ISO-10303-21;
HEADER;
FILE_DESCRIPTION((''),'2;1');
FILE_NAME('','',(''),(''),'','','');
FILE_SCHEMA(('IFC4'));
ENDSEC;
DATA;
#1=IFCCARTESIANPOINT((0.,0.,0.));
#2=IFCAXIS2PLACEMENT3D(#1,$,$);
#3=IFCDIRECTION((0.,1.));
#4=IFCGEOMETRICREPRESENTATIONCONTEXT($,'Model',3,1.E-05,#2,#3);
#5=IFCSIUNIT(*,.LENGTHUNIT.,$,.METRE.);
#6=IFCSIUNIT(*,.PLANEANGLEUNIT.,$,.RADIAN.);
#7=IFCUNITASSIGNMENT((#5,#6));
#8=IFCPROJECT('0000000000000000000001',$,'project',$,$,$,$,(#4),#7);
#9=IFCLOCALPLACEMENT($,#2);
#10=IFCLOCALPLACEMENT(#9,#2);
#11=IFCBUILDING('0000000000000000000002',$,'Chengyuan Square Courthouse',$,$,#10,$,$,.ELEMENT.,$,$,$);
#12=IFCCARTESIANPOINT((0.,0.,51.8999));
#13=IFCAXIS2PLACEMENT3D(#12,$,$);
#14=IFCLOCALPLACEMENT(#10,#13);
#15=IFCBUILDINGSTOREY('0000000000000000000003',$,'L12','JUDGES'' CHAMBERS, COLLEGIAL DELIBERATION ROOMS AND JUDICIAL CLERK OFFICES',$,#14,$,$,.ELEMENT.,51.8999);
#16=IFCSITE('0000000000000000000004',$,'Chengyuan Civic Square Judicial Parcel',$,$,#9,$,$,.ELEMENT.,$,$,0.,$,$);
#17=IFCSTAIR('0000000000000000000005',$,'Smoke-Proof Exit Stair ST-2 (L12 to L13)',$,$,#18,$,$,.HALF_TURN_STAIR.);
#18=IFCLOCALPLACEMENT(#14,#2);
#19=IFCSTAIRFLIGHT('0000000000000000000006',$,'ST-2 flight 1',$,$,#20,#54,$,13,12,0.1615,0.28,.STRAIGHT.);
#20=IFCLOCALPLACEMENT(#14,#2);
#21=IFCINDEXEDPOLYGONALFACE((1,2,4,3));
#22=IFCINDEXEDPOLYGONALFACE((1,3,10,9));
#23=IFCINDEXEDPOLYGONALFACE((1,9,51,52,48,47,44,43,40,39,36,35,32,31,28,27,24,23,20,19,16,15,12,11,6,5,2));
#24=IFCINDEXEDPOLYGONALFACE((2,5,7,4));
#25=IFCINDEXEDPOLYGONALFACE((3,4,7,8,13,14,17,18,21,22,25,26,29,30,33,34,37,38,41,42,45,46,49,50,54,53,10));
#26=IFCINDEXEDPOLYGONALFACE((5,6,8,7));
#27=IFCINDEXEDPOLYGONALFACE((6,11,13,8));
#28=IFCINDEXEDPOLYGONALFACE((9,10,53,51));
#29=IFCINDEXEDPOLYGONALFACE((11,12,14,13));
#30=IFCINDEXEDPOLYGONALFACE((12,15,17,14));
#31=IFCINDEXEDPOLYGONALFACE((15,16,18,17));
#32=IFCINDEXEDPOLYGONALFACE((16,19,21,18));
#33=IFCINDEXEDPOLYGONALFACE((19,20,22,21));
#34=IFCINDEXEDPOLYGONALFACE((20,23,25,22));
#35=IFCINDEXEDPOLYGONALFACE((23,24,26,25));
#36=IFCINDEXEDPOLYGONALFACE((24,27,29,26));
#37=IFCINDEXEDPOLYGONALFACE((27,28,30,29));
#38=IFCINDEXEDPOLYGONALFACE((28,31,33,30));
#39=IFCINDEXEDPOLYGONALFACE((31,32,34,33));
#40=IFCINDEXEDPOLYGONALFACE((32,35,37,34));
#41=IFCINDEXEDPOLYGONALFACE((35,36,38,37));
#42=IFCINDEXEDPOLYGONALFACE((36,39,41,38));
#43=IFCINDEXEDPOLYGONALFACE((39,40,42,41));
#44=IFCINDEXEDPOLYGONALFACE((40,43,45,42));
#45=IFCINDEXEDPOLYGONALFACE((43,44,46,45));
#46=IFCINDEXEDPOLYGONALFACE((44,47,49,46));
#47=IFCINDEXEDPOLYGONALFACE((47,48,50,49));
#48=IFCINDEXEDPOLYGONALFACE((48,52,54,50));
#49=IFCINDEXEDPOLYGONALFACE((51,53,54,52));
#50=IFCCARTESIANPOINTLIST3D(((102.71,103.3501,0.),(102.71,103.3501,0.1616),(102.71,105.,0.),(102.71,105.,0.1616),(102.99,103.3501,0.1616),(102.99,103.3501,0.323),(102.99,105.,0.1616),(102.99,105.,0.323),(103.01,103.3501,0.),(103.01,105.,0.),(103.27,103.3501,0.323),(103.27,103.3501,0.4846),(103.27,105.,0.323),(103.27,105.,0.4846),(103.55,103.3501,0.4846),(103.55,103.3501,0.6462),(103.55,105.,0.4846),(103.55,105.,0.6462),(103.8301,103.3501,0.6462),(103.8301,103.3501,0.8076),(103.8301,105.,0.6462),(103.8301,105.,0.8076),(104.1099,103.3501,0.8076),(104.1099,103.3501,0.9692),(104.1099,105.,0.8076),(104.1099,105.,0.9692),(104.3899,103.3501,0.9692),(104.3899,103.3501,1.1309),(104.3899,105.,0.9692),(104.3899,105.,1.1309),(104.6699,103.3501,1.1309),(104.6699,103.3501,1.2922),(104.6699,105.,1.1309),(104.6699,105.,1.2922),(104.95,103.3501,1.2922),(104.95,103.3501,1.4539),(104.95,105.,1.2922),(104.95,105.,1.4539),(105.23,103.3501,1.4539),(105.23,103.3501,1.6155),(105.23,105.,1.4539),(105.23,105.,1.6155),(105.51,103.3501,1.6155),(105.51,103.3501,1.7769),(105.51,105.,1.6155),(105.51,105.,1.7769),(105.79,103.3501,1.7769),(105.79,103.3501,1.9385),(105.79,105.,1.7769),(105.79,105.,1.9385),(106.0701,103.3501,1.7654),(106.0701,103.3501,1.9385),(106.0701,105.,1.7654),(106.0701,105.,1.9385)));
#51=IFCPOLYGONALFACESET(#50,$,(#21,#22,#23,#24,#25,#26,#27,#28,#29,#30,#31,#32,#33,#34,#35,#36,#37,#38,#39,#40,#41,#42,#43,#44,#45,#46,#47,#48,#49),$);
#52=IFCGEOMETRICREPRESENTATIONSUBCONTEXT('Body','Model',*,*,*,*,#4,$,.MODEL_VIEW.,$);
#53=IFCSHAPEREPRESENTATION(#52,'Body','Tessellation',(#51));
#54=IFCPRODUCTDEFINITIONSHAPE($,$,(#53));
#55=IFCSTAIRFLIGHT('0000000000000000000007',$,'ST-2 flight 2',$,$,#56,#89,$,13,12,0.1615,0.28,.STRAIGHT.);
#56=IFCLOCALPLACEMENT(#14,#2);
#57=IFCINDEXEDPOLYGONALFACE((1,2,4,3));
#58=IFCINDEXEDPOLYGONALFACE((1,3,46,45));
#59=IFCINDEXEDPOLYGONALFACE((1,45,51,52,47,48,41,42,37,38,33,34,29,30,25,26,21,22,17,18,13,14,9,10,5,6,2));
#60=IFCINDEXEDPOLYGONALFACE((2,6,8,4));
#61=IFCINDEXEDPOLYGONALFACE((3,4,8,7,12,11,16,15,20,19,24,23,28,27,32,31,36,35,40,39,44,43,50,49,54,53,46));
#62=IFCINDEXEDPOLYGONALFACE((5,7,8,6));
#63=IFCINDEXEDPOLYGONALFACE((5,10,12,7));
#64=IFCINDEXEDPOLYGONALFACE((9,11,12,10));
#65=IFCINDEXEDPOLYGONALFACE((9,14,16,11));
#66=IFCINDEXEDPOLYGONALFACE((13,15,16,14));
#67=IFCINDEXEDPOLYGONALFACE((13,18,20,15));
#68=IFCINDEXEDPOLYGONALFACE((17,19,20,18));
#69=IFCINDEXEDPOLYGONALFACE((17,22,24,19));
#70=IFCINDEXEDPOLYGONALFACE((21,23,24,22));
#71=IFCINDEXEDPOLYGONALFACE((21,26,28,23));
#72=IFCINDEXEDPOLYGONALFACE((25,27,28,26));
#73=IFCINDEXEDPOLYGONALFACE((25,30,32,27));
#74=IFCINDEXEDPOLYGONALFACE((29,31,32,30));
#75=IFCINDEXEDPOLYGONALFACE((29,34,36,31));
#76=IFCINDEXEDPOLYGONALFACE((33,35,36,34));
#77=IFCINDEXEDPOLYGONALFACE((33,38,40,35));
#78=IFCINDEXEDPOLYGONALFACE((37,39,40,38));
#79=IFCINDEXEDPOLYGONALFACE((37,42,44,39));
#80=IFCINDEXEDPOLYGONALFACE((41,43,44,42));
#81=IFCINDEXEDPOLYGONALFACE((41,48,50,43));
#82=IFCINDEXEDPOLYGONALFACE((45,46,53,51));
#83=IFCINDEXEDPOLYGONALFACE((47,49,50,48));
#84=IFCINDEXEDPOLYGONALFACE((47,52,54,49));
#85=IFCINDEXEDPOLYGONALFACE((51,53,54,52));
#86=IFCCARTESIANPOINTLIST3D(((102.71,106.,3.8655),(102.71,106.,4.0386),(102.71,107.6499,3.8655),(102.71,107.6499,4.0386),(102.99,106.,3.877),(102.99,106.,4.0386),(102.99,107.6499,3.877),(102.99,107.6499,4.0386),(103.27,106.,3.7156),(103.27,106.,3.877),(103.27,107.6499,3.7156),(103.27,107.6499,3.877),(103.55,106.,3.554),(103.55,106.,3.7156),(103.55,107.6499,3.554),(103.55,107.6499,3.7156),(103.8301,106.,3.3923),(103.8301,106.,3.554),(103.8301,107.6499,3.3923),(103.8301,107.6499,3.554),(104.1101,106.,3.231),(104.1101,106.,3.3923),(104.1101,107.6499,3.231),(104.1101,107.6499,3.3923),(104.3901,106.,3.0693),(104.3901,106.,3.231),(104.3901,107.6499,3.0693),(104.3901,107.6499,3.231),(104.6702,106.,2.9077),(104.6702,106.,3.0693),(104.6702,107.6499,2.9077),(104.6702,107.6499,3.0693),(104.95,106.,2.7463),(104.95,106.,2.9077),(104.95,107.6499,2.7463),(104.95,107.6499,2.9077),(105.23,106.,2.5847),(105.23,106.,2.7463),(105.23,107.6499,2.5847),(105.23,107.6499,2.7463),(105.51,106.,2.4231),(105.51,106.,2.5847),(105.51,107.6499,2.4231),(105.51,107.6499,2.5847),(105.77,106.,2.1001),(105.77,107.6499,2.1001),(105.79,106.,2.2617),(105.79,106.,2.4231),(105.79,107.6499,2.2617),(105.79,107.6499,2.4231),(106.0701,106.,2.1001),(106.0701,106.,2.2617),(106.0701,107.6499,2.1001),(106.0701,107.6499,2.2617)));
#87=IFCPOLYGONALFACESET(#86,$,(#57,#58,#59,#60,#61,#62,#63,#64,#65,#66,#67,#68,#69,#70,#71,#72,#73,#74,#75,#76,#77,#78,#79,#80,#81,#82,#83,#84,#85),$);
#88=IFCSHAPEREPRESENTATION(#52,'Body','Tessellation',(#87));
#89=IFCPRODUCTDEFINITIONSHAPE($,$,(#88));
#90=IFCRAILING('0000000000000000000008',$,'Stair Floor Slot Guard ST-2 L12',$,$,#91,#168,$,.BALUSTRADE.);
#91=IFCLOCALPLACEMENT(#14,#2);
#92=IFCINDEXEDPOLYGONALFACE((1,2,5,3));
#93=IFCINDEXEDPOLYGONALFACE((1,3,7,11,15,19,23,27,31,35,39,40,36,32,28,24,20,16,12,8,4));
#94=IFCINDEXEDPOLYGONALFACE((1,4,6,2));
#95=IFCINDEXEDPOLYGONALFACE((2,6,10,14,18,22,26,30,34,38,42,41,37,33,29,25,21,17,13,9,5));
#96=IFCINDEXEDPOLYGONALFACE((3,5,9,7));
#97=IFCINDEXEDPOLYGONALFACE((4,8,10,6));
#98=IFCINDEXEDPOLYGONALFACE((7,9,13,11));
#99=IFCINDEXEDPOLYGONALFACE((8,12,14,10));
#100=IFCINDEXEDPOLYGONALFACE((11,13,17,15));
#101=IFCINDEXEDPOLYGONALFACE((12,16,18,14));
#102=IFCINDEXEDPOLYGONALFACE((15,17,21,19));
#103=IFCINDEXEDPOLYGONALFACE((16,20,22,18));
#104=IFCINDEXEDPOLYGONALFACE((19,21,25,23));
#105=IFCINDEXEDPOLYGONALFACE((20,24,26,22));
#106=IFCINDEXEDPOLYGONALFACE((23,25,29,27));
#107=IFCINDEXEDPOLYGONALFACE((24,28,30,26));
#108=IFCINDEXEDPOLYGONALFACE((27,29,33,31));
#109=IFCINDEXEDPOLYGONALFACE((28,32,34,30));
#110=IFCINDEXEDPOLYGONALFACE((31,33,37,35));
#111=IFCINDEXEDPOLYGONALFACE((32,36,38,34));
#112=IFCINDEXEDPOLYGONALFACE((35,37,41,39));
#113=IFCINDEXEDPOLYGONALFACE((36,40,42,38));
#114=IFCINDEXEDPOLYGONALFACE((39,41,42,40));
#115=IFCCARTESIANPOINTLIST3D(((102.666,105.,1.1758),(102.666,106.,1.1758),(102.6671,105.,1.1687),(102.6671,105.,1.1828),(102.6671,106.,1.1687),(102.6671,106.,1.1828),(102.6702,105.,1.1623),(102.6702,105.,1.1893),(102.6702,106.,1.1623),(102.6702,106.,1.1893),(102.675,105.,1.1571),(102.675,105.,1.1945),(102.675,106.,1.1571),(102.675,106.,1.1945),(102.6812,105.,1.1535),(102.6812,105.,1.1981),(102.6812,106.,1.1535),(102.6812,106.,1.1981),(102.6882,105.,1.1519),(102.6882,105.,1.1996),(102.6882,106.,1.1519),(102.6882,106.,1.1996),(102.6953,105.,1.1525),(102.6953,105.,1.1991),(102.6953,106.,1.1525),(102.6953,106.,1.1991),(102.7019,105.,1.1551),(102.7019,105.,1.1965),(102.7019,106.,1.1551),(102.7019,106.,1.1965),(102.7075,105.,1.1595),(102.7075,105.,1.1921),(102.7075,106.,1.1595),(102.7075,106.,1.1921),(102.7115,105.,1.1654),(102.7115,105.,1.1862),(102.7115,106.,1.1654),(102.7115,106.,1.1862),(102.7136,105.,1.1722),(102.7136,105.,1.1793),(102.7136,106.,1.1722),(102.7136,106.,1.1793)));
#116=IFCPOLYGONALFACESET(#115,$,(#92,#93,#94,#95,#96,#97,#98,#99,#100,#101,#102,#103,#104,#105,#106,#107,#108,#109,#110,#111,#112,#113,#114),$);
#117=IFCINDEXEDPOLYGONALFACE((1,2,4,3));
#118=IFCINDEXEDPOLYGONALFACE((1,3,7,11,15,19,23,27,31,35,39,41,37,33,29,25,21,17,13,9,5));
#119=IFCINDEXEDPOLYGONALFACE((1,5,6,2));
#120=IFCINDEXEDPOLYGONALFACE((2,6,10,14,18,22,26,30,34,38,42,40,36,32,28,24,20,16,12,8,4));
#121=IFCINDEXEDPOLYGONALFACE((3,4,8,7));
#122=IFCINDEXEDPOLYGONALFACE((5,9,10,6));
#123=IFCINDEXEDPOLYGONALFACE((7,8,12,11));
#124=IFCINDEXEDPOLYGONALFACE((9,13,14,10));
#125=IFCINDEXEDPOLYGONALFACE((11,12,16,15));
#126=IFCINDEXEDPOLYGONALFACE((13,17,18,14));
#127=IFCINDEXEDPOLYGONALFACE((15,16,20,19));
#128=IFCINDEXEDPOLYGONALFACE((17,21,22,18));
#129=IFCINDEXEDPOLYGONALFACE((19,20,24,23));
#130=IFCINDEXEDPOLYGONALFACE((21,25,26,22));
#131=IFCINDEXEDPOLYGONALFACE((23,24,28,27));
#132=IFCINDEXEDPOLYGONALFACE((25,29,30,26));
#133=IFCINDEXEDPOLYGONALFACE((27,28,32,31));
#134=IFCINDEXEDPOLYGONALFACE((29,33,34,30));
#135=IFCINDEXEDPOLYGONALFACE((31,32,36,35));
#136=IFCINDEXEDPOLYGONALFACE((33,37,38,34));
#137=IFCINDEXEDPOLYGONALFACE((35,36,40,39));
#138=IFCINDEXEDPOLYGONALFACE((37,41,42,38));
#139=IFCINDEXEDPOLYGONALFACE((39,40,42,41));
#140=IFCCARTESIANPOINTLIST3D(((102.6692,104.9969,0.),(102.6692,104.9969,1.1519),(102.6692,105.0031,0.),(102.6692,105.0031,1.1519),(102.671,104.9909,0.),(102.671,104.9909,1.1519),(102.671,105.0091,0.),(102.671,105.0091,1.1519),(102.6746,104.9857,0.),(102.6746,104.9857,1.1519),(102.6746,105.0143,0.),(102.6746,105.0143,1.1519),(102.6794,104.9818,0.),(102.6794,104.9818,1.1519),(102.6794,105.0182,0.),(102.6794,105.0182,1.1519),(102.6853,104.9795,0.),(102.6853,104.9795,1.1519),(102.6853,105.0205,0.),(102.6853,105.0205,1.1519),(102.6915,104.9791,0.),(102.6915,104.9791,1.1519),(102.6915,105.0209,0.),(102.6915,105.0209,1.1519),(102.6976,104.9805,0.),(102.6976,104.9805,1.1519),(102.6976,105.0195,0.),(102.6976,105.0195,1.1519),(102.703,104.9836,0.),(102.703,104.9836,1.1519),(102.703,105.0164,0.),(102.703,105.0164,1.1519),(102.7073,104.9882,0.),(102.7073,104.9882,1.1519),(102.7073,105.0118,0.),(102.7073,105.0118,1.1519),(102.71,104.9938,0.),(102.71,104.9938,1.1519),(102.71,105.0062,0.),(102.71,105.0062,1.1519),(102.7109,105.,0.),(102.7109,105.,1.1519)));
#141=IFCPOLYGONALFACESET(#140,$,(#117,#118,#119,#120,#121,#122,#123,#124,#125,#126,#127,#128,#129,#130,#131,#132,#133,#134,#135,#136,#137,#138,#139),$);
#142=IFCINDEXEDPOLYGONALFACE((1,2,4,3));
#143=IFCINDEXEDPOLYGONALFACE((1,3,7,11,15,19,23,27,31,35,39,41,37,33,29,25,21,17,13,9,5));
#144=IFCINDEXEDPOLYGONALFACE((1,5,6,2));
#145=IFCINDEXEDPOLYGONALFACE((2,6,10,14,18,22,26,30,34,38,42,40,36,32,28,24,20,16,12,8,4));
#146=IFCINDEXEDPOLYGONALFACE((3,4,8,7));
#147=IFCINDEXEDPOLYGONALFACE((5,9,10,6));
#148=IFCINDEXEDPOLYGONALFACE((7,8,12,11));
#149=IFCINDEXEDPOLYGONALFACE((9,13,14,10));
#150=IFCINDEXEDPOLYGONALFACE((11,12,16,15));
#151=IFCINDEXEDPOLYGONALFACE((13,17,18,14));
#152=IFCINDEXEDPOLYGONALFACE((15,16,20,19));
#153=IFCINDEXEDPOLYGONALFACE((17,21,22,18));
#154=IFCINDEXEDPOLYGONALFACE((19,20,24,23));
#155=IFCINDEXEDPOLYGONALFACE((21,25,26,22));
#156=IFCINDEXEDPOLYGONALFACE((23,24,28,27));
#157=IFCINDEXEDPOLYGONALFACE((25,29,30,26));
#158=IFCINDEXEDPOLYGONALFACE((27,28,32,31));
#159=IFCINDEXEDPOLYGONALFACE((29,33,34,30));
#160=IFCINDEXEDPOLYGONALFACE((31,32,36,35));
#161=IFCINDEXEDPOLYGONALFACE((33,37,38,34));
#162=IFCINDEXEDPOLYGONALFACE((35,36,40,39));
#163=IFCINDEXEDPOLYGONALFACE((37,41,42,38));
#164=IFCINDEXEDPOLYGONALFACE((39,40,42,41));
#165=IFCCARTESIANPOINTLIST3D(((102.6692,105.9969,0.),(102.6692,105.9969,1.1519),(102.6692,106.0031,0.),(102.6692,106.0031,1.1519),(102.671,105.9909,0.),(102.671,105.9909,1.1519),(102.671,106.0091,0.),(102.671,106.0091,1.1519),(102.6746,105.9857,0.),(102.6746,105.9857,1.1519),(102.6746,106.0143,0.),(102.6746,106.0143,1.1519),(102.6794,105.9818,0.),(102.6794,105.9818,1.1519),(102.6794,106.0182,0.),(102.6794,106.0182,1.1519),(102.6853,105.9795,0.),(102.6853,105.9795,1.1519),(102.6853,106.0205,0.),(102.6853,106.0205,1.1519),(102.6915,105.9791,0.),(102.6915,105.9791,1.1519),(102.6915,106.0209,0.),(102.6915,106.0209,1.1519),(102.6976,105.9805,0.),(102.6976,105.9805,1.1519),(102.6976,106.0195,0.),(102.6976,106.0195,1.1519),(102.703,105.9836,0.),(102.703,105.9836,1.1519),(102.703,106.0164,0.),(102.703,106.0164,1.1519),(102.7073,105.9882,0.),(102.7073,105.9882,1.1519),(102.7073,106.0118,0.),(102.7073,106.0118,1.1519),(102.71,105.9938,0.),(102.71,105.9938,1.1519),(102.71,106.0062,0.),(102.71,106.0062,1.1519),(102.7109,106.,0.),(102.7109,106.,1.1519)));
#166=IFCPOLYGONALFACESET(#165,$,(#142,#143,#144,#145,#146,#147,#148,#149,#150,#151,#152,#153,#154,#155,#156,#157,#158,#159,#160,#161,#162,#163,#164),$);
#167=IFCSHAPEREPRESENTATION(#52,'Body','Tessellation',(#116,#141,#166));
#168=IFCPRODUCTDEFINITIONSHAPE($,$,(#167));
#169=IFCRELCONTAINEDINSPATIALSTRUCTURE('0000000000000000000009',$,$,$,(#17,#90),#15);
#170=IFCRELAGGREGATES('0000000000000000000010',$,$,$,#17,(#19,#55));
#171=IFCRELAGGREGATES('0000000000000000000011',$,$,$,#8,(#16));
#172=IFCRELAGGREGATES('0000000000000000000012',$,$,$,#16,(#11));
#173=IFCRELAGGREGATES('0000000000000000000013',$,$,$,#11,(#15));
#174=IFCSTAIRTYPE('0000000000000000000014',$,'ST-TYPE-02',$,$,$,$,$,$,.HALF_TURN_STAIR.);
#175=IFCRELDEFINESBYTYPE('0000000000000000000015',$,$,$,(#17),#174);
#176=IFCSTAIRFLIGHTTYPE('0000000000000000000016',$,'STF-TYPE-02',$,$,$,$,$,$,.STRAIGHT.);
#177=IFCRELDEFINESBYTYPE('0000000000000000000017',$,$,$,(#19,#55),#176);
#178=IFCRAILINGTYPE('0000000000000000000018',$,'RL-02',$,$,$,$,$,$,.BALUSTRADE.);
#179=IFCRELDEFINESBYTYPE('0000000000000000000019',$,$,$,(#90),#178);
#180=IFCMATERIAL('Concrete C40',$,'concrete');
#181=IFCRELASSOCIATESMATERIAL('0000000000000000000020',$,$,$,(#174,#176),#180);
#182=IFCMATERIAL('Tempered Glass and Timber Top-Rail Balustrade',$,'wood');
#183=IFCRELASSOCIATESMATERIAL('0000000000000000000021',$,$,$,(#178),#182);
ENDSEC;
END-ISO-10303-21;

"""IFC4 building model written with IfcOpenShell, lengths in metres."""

from ifc_helpers import new_model, si_unit, direction, frame, origin, origin_2d, place, context, subcontext, project, spatial, polyline, circle, outline, extrude, material, type_object, element, aggregate, save


model = new_model("IFC4")

# Units and contexts
model_context = context("Model", 3, precision=1e-05, world=origin(), true_north=direction((0.0, 1.0)))
body_context = subcontext(model_context, "Body", "Model", "MODEL_VIEW")
ifc_project = project(units=[si_unit("LENGTHUNIT", "METRE"), si_unit("PLANEANGLEUNIT", "RADIAN")], contexts=[model_context])

# Site, building, storey
site_placement = place(None, origin())
site = spatial("IfcSite", under=ifc_project, at=site_placement, Name="Chengyuan Civic Square Judicial Parcel", CompositionType="ELEMENT", RefElevation=0.0)
building_placement = place(site_placement, origin())
building = spatial("IfcBuilding", under=site, at=building_placement, Name="Chengyuan Square Courthouse", CompositionType="ELEMENT")
storey_placement = place(building_placement, frame((0.0, 0.0, 51.8999)))
storey = spatial("IfcBuildingStorey", under=building, at=storey_placement, Name="L12", Description="JUDGES' CHAMBERS, COLLEGIAL DELIBERATION ROOMS AND JUDICIAL CLERK OFFICES", CompositionType="ELEMENT", Elevation=51.8999)

# Shared definitions
ifc_material_1 = material(Name="Concrete C40", Category="concrete")

# Stair, stair flights
stair_type = type_object("IfcStairType", Name="ST-TYPE-02", PredefinedType="HALF_TURN_STAIR", material=ifc_material_1)
stair_placement = place(storey_placement, origin())
stair = element("IfcStair", 1, at=stair_placement, inside=storey, type_object=stair_type, Name="Smoke-Proof Exit Stair ST-2 (L12 to L13)", PredefinedType="HALF_TURN_STAIR")
stair_flight_type = type_object("IfcStairFlightType", Name="STF-TYPE-02", PredefinedType="STRAIGHT", material=ifc_material_1)
stair_flight_1_placement = place(storey_placement, frame((102.71, 104.175, 0.0), z_axis=(0.0, 0.0, 1.0), x_axis=(1.0, 0.0, 0.0)))
stair_flight_1 = element("IfcStairFlight", 2, at=stair_flight_1_placement, type_object=stair_flight_type, Name="ST-2 flight 1", NumberOfRisers=13, NumberOfTreads=12, PredefinedType="STRAIGHT", RiserHeight=0.1615, TreadLength=0.28, context=body_context, shape_type="SweptSolid", body=[
    extrude(outline(polyline([(0.0, 0.0), (0.0, 0.1616), (0.28, 0.1616), (0.28, 0.323), (0.5601, 0.323), (0.5601, 0.4846), (0.8401, 0.4846), (0.8401, 0.6462), (1.1201, 0.6462), (1.1201, 0.8076), (1.3999, 0.8076), (1.3999, 0.9692), (1.6799, 0.9692), (1.6799, 1.1309), (1.96, 1.1309), (1.96, 1.2922), (2.24, 1.2922), (2.24, 1.4539), (2.52, 1.4539), (2.52, 1.6155), (2.8, 1.6155), (2.8, 1.7769), (3.0801, 1.7769), (3.0801, 1.9385), (3.3601, 1.9385), (3.3601, 2.1001), (3.3601, 1.7654), (0.3, 0.0), (0.0, 0.0)])), frame((0.0, 0.825, 0.0), z_axis=(0.0, -1.0, 0.0), x_axis=(1.0, 0.0, 0.0)), (0.0, 0.0, 1.0), 1.6499),
])
stair_flight_2_placement = place(storey_placement, frame((106.0701, 106.825, 2.1001), z_axis=(0.0, 0.0, 1.0), x_axis=(-1.0, 0.0, 0.0)))
stair_flight_2 = element("IfcStairFlight", 3, at=stair_flight_2_placement, type_object=stair_flight_type, Name="ST-2 flight 2", NumberOfRisers=13, NumberOfTreads=12, PredefinedType="STRAIGHT", RiserHeight=0.1615, TreadLength=0.28, context=body_context, shape_type="SweptSolid", body=[
    extrude(outline(polyline([(0.0, 0.0), (0.0, 0.1616), (0.28, 0.1616), (0.28, 0.323), (0.5601, 0.323), (0.5601, 0.4846), (0.8401, 0.4846), (0.8401, 0.6462), (1.1201, 0.6462), (1.1201, 0.8076), (1.3999, 0.8076), (1.3999, 0.9692), (1.6799, 0.9692), (1.6799, 1.1309), (1.96, 1.1309), (1.96, 1.2922), (2.24, 1.2922), (2.24, 1.4539), (2.52, 1.4539), (2.52, 1.6155), (2.8, 1.6155), (2.8, 1.7769), (3.0801, 1.7769), (3.0801, 1.9385), (3.3601, 1.9385), (3.3601, 2.1001), (3.3601, 1.7654), (0.3, 0.0), (0.0, 0.0)])), frame((0.0, 0.825, 0.0), z_axis=(0.0, -1.0, 0.0), x_axis=(1.0, 0.0, 0.0)), (0.0, 0.0, 1.0), 1.6499),
])
aggregate(stair, [stair_flight_1, stair_flight_2])

# Railing
ifc_material_2 = material(Name="Tempered Glass and Timber Top-Rail Balustrade", Category="wood")
railing_type_1 = type_object("IfcRailingType", Name="RL-02", PredefinedType="BALUSTRADE", material=ifc_material_2)
for number, where, name in (
    (4, (102.6899, 105.0, 0.0), "Stair Floor Slot Guard ST-2 L12"),
):
    element("IfcRailing", number, at=place(storey_placement, frame(where)), inside=storey, type_object=railing_type_1, Name=name, PredefinedType="BALUSTRADE", context=body_context, shape_type="SweptSolid", body=[
        extrude(circle(Radius=0.0239, at=origin_2d()), frame((0.0, 0.0, 1.1758), z_axis=(0.0, 1.0, 0.0), x_axis=(-1.0, 0.0, 0.0)), (0.0, 0.0, 1.0), 1.0),
        extrude(circle(Radius=0.021, at=origin_2d()), origin(), (0.0, 0.0, 1.0), 1.1519),
        extrude(circle(Radius=0.021, at=origin_2d()), frame((0.0, 1.0, 0.0)), (0.0, 0.0, 1.0), 1.1519),
    ])

save(model, "model.ifc")
